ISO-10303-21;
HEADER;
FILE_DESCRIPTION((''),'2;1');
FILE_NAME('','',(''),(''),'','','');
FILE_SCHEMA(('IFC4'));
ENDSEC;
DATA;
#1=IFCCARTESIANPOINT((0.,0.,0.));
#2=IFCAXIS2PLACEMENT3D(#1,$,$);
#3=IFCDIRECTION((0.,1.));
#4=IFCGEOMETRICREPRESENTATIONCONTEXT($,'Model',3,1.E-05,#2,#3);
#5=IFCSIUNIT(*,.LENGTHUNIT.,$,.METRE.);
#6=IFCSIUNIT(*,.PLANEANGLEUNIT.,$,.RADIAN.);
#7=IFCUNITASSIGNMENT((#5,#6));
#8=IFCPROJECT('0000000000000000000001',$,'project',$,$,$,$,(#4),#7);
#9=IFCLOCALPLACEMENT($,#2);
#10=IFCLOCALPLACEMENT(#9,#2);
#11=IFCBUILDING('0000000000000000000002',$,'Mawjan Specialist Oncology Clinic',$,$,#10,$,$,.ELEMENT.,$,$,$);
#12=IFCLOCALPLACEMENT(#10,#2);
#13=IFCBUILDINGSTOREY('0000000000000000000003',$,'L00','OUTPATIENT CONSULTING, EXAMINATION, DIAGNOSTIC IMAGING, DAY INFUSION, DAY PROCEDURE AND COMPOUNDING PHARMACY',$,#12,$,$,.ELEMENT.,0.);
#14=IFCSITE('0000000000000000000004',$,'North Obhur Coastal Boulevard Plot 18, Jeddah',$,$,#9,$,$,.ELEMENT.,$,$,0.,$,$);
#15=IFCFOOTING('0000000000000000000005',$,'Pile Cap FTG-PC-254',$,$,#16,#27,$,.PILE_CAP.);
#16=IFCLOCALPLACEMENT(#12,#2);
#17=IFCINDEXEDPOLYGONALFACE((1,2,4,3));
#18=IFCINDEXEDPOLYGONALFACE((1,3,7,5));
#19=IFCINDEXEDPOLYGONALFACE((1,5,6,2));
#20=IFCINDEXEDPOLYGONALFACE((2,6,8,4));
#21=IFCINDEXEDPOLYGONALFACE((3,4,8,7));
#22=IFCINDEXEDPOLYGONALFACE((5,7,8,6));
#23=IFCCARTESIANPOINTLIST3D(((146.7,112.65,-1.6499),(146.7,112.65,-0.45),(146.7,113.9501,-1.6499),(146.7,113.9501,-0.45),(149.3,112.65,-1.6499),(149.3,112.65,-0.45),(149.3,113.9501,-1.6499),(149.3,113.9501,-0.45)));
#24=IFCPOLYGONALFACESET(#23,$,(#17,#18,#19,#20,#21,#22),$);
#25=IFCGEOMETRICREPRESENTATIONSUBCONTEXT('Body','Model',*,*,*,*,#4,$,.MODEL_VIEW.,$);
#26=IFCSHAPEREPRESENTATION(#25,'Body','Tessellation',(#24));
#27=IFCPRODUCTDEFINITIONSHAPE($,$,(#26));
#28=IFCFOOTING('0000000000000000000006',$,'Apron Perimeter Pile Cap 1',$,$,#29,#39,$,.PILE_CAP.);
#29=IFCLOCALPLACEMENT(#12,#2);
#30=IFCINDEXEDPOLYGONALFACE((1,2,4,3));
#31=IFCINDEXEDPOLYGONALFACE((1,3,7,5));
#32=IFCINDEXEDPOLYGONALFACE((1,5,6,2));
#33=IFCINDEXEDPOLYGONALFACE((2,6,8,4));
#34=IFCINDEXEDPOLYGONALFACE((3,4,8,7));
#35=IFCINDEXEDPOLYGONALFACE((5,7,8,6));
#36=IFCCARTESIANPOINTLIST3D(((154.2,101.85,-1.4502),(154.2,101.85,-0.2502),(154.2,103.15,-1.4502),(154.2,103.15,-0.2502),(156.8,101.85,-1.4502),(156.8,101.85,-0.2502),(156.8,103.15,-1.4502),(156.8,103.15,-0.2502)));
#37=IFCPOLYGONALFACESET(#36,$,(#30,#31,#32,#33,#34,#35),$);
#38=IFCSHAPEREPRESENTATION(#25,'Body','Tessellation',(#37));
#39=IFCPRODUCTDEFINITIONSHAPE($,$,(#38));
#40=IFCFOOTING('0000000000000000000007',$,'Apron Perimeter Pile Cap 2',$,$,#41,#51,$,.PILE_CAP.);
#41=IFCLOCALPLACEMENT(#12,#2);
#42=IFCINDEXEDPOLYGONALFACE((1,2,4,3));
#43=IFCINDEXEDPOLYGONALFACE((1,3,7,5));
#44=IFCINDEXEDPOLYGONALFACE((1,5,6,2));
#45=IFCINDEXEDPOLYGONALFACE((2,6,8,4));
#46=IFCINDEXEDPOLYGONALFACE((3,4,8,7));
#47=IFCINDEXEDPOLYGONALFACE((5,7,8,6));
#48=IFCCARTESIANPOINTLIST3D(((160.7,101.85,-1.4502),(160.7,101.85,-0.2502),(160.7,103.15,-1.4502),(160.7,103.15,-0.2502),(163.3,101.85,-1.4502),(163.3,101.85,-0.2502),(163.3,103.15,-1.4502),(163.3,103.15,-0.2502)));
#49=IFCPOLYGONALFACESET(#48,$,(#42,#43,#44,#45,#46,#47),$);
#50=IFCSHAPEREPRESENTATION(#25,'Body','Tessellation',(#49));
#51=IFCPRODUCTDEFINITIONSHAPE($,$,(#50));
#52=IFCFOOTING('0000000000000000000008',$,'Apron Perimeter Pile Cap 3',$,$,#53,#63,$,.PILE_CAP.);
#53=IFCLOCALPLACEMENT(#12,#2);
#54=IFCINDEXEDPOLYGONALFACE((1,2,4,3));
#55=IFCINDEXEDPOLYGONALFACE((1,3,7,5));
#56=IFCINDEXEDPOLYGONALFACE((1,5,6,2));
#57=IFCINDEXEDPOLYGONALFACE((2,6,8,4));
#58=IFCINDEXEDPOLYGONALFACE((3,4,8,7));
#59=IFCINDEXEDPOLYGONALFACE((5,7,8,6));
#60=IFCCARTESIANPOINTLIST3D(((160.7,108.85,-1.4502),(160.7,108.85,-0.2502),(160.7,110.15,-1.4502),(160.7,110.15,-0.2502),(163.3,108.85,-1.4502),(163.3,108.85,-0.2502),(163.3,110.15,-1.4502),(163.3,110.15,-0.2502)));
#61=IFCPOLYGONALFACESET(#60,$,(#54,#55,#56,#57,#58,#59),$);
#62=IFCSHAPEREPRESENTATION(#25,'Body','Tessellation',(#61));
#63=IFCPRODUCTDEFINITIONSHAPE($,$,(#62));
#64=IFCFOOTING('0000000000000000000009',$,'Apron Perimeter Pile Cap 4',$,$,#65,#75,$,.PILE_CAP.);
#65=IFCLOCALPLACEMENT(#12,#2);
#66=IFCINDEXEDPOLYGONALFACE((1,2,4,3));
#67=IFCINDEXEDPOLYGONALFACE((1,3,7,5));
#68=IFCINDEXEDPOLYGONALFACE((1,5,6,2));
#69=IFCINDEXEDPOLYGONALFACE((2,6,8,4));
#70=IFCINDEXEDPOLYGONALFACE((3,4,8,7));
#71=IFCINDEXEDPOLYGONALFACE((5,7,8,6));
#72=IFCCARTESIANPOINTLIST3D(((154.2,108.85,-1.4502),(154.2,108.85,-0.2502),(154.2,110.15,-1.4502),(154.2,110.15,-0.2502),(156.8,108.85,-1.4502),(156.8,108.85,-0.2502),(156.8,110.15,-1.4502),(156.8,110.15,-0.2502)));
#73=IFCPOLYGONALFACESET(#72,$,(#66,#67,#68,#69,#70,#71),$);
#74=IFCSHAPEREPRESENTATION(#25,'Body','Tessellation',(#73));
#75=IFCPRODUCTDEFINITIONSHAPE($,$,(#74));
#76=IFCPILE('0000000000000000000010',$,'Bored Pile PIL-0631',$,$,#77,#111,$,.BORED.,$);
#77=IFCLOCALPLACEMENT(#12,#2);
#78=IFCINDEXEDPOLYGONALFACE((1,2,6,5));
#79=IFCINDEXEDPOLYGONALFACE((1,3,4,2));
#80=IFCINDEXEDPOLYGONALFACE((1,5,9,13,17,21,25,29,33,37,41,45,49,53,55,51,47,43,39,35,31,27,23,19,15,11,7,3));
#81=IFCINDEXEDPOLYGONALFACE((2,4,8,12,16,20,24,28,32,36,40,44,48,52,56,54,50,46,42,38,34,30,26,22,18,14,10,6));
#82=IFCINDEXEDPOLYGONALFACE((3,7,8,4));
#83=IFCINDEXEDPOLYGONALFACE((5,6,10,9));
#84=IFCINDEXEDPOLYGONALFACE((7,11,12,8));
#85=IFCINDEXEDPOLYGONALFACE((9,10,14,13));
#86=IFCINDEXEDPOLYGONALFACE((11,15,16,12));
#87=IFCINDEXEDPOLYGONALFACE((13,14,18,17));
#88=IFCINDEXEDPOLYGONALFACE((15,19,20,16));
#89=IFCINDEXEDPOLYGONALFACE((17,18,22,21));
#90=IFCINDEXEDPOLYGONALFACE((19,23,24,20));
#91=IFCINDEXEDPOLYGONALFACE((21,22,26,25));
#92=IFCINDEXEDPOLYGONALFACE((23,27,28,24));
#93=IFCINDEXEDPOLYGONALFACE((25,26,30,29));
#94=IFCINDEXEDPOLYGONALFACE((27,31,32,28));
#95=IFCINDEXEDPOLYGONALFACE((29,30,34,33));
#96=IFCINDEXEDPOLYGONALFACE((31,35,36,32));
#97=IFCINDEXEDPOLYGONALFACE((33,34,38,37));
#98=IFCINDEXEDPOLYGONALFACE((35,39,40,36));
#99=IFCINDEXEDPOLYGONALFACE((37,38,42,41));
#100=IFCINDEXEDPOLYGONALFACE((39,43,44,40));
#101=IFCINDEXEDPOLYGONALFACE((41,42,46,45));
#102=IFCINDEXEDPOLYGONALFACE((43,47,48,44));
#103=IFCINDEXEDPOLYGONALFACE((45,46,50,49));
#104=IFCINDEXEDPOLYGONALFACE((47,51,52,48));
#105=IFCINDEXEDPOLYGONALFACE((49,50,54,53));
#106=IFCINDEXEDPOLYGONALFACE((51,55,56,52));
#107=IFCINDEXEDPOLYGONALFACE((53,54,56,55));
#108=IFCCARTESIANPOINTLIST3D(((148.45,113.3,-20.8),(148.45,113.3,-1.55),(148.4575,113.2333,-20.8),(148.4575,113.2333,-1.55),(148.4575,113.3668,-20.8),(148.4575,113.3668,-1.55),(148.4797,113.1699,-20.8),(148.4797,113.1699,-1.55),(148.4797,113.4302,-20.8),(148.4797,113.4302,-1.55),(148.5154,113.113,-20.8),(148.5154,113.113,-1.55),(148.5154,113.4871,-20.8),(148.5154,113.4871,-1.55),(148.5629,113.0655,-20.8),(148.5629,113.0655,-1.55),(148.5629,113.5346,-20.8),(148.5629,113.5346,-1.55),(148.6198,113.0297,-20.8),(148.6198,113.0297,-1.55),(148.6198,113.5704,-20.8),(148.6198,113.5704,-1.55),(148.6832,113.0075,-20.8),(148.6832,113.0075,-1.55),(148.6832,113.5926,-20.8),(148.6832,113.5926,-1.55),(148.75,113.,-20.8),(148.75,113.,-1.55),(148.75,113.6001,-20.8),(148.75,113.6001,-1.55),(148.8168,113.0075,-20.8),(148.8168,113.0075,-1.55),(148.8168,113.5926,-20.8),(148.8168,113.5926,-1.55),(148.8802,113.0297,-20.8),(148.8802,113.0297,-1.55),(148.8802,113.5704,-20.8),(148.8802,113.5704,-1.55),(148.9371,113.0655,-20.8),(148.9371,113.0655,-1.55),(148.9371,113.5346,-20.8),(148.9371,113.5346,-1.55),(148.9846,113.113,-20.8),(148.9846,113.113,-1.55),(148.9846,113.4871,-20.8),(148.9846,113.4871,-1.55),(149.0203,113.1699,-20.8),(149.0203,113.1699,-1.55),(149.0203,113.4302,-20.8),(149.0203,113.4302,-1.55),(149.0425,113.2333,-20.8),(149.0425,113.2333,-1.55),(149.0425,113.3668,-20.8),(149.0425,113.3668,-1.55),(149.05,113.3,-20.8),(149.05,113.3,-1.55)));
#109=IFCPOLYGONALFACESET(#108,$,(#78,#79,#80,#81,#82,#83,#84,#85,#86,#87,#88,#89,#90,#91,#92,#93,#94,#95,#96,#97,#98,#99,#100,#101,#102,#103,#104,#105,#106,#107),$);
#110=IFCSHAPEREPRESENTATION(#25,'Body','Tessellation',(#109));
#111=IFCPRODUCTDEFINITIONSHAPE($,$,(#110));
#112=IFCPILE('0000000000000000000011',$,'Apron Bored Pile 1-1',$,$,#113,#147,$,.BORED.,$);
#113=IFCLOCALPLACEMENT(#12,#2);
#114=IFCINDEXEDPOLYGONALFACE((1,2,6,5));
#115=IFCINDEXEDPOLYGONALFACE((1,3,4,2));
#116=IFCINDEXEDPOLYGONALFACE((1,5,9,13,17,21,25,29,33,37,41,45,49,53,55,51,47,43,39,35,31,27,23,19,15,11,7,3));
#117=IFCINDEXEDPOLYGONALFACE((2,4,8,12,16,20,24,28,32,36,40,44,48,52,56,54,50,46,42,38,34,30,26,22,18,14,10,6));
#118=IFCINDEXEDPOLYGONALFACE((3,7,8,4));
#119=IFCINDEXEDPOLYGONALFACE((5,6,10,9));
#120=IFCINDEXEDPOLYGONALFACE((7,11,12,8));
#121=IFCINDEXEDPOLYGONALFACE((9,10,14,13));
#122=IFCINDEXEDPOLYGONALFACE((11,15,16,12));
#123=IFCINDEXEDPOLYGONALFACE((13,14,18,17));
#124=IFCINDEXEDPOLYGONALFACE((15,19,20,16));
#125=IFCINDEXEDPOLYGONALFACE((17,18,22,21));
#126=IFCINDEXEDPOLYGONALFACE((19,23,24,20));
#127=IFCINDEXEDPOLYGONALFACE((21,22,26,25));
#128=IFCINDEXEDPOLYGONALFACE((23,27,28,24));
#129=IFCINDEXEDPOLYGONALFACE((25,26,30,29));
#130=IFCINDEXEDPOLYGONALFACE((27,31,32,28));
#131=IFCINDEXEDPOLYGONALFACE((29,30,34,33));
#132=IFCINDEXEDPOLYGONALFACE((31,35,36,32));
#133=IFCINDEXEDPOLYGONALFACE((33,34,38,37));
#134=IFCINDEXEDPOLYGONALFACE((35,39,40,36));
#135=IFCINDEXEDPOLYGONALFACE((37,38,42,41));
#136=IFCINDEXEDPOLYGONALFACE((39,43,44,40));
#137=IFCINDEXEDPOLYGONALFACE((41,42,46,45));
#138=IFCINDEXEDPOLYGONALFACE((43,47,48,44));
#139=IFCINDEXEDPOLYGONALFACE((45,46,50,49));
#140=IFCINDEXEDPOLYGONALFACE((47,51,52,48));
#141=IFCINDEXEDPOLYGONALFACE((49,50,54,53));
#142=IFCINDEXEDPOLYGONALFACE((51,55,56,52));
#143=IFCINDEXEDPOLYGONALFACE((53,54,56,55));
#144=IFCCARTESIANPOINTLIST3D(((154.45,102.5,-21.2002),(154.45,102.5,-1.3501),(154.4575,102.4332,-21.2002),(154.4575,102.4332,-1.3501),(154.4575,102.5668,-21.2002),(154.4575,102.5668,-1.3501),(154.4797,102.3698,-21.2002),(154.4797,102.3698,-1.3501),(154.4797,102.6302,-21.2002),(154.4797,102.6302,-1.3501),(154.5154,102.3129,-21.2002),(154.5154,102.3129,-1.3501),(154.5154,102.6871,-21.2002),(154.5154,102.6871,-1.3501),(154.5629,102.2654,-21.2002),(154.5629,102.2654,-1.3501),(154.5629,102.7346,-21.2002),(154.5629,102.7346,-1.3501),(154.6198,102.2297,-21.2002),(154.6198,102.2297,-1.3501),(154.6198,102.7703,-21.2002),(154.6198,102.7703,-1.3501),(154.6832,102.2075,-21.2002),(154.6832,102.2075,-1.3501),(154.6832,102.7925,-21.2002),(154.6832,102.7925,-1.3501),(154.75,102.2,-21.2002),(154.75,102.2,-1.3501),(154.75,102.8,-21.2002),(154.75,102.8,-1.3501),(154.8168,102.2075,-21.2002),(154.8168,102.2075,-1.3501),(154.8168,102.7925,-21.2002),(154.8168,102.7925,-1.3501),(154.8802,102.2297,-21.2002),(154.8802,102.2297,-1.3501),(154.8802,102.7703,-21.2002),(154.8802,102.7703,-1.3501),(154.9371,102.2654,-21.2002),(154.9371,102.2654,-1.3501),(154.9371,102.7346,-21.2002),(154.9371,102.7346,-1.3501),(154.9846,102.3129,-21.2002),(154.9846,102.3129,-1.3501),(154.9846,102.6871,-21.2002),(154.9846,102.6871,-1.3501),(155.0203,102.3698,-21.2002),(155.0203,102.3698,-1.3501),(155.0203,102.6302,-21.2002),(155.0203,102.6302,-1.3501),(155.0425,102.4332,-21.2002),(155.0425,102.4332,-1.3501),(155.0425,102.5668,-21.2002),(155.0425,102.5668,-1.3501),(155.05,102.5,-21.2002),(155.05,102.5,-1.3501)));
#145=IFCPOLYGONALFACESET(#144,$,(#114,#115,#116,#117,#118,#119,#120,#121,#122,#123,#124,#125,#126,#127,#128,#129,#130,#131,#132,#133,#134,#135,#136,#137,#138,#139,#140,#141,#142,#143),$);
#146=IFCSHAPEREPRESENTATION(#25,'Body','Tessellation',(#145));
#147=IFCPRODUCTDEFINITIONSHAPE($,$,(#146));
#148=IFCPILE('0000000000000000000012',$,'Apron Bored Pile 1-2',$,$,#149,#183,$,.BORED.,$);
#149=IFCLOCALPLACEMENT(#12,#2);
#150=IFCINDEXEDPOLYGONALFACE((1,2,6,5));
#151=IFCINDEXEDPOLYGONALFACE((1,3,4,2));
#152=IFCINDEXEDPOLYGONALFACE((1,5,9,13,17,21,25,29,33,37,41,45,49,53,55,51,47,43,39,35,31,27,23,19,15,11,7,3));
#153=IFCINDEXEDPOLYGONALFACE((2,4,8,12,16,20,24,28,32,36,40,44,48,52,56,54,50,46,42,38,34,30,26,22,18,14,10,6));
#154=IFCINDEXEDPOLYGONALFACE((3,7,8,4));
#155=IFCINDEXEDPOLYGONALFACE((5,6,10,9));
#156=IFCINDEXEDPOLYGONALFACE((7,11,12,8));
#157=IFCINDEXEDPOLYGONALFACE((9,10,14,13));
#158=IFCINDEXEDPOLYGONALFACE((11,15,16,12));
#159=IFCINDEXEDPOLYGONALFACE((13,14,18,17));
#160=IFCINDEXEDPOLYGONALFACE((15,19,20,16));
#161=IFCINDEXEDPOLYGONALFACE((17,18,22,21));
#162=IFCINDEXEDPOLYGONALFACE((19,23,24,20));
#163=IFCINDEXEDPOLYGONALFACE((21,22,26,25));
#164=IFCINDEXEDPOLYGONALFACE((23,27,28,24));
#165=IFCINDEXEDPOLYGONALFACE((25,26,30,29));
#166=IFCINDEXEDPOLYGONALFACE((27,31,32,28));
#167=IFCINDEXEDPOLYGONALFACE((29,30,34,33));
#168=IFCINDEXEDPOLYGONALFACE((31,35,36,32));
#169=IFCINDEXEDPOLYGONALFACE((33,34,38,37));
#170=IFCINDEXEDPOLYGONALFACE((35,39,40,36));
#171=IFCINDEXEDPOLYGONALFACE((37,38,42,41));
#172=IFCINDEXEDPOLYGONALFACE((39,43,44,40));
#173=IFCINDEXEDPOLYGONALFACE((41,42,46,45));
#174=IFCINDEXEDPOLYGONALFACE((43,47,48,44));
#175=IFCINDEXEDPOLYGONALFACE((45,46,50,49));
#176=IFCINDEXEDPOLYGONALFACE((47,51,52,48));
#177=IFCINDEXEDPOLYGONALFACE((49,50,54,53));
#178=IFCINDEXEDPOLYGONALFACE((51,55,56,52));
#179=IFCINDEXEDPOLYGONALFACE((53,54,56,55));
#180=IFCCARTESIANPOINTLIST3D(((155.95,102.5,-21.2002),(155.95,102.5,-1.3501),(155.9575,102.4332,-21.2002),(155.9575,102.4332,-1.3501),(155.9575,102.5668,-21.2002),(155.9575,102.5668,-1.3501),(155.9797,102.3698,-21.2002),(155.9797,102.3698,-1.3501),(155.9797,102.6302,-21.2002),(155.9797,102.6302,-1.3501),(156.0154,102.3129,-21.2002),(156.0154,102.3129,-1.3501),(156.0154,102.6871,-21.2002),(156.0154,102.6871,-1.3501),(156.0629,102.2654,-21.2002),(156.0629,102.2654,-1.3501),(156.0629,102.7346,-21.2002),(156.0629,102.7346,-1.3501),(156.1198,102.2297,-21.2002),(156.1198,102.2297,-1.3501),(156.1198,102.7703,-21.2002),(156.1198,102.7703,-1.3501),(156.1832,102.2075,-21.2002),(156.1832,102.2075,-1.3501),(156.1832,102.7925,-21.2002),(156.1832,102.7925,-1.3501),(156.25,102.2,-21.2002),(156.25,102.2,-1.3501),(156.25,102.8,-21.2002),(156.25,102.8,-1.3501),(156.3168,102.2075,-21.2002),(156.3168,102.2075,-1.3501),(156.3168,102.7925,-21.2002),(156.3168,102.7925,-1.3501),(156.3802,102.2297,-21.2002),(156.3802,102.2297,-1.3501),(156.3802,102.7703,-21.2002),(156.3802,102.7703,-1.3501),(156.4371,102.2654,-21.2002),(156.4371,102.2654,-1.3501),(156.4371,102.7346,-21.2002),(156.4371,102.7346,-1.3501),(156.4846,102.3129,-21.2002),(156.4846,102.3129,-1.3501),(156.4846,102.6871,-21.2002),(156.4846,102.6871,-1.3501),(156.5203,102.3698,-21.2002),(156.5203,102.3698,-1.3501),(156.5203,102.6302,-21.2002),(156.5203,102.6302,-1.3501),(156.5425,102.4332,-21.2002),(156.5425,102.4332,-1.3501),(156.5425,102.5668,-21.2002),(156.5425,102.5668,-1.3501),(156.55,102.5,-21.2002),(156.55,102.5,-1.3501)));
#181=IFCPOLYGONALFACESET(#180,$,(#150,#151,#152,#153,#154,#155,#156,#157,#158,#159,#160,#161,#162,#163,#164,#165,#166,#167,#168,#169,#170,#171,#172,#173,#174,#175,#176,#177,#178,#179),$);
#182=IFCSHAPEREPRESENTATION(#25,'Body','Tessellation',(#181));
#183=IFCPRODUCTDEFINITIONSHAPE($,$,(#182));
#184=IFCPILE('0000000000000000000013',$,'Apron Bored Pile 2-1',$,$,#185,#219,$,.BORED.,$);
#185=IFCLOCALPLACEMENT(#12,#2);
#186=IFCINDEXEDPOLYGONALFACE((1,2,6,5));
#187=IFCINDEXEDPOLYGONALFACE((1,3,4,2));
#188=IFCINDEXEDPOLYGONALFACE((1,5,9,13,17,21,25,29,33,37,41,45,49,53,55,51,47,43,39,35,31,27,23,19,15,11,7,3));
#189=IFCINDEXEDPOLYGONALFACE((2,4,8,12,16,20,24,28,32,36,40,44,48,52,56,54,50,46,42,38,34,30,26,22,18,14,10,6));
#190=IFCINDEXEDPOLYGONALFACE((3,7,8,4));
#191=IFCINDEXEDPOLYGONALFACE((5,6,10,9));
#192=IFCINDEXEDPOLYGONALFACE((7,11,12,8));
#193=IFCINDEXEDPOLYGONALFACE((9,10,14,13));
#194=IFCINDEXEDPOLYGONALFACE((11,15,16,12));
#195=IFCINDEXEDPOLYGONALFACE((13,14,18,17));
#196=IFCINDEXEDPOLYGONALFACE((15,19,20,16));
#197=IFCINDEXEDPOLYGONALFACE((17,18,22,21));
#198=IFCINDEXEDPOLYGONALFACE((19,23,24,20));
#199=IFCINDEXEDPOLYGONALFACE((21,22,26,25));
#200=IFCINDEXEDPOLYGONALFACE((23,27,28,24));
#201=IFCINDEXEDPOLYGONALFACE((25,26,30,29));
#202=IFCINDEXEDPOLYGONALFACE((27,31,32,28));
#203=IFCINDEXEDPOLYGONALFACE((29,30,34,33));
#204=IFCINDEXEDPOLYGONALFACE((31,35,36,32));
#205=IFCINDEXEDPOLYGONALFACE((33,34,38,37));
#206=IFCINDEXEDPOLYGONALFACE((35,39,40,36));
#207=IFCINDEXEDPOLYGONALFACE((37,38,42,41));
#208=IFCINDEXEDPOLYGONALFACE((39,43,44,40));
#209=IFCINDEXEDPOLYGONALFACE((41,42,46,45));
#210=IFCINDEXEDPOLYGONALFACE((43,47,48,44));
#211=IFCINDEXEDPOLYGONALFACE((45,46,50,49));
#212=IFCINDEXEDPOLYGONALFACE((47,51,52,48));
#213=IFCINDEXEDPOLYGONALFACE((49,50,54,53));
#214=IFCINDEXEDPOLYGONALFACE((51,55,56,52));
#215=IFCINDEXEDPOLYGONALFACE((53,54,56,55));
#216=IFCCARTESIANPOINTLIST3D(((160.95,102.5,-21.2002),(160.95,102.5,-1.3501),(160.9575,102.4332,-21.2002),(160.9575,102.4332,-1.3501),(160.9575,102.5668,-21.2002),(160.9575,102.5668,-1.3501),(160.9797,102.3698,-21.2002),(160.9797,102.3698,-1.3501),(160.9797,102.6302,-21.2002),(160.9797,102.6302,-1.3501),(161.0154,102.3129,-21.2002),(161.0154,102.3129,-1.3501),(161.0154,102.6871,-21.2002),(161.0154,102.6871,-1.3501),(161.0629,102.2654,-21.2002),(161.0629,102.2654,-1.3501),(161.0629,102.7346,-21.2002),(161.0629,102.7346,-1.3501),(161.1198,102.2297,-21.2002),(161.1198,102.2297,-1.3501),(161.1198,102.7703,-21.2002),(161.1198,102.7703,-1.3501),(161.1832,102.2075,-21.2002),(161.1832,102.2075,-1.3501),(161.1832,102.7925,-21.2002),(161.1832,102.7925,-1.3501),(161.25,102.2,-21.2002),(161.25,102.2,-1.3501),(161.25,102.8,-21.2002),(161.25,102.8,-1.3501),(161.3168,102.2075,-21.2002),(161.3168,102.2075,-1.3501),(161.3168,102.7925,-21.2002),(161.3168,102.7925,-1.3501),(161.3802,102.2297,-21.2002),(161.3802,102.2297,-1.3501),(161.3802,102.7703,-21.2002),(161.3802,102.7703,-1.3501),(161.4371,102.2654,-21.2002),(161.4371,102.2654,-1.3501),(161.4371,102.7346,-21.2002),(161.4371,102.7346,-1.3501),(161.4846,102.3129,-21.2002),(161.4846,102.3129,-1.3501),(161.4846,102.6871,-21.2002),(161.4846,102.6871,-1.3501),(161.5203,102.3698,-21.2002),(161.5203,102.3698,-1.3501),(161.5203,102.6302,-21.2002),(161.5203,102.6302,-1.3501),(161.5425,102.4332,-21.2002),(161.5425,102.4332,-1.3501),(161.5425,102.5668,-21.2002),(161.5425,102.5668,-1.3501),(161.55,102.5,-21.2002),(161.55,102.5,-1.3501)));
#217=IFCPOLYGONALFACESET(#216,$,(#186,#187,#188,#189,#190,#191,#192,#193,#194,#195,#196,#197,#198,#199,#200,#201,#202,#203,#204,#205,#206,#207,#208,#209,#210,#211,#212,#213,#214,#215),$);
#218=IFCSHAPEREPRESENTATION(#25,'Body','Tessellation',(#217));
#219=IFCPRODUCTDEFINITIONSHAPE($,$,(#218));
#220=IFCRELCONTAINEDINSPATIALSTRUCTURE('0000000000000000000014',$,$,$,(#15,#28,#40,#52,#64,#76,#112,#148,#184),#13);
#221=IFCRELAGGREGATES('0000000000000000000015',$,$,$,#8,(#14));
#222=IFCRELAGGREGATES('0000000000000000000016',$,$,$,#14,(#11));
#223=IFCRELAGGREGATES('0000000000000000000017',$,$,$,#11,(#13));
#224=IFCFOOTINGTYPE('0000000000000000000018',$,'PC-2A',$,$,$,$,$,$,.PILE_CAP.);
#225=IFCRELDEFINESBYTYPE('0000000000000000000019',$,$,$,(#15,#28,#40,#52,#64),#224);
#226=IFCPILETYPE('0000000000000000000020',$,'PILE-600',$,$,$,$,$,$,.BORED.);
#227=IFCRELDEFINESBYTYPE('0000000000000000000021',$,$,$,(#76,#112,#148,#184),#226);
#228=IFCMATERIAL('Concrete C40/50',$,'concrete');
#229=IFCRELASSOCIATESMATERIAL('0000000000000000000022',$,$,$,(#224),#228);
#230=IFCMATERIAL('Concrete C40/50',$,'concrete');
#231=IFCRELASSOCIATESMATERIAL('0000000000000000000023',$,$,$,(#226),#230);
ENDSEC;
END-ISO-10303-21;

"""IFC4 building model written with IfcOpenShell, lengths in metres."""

from ifc_helpers import new_model, si_unit, direction, frame, origin, origin_2d, place, context, subcontext, project, spatial, rectangle, circle, extrude, material, material_profile, profile_set, type_object, element, save


model = new_model("IFC4")

# Units and contexts
model_context = context("Model", 3, precision=1e-05, world=origin(), true_north=direction((0.0, 1.0)))
body_context = subcontext(model_context, "Body", "Model", "MODEL_VIEW")
ifc_project = project(units=[si_unit("LENGTHUNIT", "METRE"), si_unit("PLANEANGLEUNIT", "RADIAN")], contexts=[model_context])

# Site, building, storey
site_placement = place(None, origin())
site = spatial("IfcSite", under=ifc_project, at=site_placement, Name="North Obhur Coastal Boulevard Plot 18, Jeddah", CompositionType="ELEMENT", RefElevation=0.0)
building_placement = place(site_placement, origin())
building = spatial("IfcBuilding", under=site, at=building_placement, Name="Mawjan Specialist Oncology Clinic", CompositionType="ELEMENT")
storey_placement = place(building_placement, origin())
storey = spatial("IfcBuildingStorey", under=building, at=storey_placement, Name="L00", Description="OUTPATIENT CONSULTING, EXAMINATION, DIAGNOSTIC IMAGING, DAY INFUSION, DAY PROCEDURE AND COMPOUNDING PHARMACY", CompositionType="ELEMENT", Elevation=0.0)

# Footings
ifc_material_1 = material(Name="Concrete C40/50", Category="concrete")
footing_type_1 = type_object("IfcFootingType", Name="PC-2A", PredefinedType="PILE_CAP", material=ifc_material_1)
for number, where, z_axis, x_axis, name in (
    (1, (148.0, 113.3, -1.6499), (0.0, 0.0, 1.0), (1.0, 0.0, 0.0), "Pile Cap FTG-PC-254"),
    (2, (155.5, 102.5, -1.4502), (0.0, 0.0, 1.0), (1.0, 0.0, 0.0), "Apron Perimeter Pile Cap 1"),
    (3, (162.0, 102.5, -1.4502), (0.0, 0.0, 1.0), (1.0, 0.0, 0.0), "Apron Perimeter Pile Cap 2"),
    (4, (162.0, 109.5, -1.4502), (0.0, 0.0, 1.0), (1.0, 0.0, 0.0), "Apron Perimeter Pile Cap 3"),
    (5, (155.5, 109.5, -1.4502), (0.0, 0.0, 1.0), (1.0, 0.0, 0.0), "Apron Perimeter Pile Cap 4"),
):
    element("IfcFooting", number, at=place(storey_placement, frame(where, z_axis=z_axis, x_axis=x_axis)), inside=storey, type_object=footing_type_1, Name=name, PredefinedType="PILE_CAP", context=body_context, shape_type="SweptSolid", body=[
        extrude(rectangle(XDim=2.6001, YDim=1.3, at=origin_2d()), origin(), (0.0, 0.0, 1.0), 1.2),
    ])

# Piles
ifc_material_2 = material(Name="Concrete C40/50", Category="concrete")
ifc_material_profile_1 = material_profile(ifc_material_2, circle(Radius=0.3, at=origin_2d()), Name="BORED PILE D600", Category="concrete")
ifc_profile_set_1 = profile_set([ifc_material_profile_1], Name="Concrete C40/50")
pile_type = type_object("IfcPileType", Name="PILE-600", PredefinedType="BORED", material=ifc_profile_set_1)
pile_placement = place(storey_placement, frame((148.75, 113.3, -1.55), z_axis=(0.0, 0.0, -1.0), x_axis=(1.0, 0.0, 0.0)))
element("IfcPile", 6, at=pile_placement, inside=storey, type_object=pile_type, Name="Bored Pile PIL-0631", PredefinedType="BORED", context=body_context, shape_type="SweptSolid", body=[
    extrude(circle(Radius=0.3, at=origin_2d()), origin(), (0.0, 0.0, 1.0), 19.25),
])
for number, where, z_axis, x_axis, name in (
    (7, (154.75, 102.5, -1.3501), (0.0, 0.0, -1.0), (1.0, 0.0, 0.0), "Apron Bored Pile 1-1"),
    (8, (156.25, 102.5, -1.3501), (0.0, 0.0, -1.0), (1.0, 0.0, 0.0), "Apron Bored Pile 1-2"),
    (9, (161.25, 102.5, -1.3501), (0.0, 0.0, -1.0), (1.0, 0.0, 0.0), "Apron Bored Pile 2-1"),
):
    element("IfcPile", number, at=place(storey_placement, frame(where, z_axis=z_axis, x_axis=x_axis)), inside=storey, type_object=pile_type, Name=name, PredefinedType="BORED", context=body_context, shape_type="SweptSolid", body=[
        extrude(circle(Radius=0.3, at=origin_2d()), origin(), (0.0, 0.0, 1.0), 19.8501),
    ])

save(model, "model.ifc")
